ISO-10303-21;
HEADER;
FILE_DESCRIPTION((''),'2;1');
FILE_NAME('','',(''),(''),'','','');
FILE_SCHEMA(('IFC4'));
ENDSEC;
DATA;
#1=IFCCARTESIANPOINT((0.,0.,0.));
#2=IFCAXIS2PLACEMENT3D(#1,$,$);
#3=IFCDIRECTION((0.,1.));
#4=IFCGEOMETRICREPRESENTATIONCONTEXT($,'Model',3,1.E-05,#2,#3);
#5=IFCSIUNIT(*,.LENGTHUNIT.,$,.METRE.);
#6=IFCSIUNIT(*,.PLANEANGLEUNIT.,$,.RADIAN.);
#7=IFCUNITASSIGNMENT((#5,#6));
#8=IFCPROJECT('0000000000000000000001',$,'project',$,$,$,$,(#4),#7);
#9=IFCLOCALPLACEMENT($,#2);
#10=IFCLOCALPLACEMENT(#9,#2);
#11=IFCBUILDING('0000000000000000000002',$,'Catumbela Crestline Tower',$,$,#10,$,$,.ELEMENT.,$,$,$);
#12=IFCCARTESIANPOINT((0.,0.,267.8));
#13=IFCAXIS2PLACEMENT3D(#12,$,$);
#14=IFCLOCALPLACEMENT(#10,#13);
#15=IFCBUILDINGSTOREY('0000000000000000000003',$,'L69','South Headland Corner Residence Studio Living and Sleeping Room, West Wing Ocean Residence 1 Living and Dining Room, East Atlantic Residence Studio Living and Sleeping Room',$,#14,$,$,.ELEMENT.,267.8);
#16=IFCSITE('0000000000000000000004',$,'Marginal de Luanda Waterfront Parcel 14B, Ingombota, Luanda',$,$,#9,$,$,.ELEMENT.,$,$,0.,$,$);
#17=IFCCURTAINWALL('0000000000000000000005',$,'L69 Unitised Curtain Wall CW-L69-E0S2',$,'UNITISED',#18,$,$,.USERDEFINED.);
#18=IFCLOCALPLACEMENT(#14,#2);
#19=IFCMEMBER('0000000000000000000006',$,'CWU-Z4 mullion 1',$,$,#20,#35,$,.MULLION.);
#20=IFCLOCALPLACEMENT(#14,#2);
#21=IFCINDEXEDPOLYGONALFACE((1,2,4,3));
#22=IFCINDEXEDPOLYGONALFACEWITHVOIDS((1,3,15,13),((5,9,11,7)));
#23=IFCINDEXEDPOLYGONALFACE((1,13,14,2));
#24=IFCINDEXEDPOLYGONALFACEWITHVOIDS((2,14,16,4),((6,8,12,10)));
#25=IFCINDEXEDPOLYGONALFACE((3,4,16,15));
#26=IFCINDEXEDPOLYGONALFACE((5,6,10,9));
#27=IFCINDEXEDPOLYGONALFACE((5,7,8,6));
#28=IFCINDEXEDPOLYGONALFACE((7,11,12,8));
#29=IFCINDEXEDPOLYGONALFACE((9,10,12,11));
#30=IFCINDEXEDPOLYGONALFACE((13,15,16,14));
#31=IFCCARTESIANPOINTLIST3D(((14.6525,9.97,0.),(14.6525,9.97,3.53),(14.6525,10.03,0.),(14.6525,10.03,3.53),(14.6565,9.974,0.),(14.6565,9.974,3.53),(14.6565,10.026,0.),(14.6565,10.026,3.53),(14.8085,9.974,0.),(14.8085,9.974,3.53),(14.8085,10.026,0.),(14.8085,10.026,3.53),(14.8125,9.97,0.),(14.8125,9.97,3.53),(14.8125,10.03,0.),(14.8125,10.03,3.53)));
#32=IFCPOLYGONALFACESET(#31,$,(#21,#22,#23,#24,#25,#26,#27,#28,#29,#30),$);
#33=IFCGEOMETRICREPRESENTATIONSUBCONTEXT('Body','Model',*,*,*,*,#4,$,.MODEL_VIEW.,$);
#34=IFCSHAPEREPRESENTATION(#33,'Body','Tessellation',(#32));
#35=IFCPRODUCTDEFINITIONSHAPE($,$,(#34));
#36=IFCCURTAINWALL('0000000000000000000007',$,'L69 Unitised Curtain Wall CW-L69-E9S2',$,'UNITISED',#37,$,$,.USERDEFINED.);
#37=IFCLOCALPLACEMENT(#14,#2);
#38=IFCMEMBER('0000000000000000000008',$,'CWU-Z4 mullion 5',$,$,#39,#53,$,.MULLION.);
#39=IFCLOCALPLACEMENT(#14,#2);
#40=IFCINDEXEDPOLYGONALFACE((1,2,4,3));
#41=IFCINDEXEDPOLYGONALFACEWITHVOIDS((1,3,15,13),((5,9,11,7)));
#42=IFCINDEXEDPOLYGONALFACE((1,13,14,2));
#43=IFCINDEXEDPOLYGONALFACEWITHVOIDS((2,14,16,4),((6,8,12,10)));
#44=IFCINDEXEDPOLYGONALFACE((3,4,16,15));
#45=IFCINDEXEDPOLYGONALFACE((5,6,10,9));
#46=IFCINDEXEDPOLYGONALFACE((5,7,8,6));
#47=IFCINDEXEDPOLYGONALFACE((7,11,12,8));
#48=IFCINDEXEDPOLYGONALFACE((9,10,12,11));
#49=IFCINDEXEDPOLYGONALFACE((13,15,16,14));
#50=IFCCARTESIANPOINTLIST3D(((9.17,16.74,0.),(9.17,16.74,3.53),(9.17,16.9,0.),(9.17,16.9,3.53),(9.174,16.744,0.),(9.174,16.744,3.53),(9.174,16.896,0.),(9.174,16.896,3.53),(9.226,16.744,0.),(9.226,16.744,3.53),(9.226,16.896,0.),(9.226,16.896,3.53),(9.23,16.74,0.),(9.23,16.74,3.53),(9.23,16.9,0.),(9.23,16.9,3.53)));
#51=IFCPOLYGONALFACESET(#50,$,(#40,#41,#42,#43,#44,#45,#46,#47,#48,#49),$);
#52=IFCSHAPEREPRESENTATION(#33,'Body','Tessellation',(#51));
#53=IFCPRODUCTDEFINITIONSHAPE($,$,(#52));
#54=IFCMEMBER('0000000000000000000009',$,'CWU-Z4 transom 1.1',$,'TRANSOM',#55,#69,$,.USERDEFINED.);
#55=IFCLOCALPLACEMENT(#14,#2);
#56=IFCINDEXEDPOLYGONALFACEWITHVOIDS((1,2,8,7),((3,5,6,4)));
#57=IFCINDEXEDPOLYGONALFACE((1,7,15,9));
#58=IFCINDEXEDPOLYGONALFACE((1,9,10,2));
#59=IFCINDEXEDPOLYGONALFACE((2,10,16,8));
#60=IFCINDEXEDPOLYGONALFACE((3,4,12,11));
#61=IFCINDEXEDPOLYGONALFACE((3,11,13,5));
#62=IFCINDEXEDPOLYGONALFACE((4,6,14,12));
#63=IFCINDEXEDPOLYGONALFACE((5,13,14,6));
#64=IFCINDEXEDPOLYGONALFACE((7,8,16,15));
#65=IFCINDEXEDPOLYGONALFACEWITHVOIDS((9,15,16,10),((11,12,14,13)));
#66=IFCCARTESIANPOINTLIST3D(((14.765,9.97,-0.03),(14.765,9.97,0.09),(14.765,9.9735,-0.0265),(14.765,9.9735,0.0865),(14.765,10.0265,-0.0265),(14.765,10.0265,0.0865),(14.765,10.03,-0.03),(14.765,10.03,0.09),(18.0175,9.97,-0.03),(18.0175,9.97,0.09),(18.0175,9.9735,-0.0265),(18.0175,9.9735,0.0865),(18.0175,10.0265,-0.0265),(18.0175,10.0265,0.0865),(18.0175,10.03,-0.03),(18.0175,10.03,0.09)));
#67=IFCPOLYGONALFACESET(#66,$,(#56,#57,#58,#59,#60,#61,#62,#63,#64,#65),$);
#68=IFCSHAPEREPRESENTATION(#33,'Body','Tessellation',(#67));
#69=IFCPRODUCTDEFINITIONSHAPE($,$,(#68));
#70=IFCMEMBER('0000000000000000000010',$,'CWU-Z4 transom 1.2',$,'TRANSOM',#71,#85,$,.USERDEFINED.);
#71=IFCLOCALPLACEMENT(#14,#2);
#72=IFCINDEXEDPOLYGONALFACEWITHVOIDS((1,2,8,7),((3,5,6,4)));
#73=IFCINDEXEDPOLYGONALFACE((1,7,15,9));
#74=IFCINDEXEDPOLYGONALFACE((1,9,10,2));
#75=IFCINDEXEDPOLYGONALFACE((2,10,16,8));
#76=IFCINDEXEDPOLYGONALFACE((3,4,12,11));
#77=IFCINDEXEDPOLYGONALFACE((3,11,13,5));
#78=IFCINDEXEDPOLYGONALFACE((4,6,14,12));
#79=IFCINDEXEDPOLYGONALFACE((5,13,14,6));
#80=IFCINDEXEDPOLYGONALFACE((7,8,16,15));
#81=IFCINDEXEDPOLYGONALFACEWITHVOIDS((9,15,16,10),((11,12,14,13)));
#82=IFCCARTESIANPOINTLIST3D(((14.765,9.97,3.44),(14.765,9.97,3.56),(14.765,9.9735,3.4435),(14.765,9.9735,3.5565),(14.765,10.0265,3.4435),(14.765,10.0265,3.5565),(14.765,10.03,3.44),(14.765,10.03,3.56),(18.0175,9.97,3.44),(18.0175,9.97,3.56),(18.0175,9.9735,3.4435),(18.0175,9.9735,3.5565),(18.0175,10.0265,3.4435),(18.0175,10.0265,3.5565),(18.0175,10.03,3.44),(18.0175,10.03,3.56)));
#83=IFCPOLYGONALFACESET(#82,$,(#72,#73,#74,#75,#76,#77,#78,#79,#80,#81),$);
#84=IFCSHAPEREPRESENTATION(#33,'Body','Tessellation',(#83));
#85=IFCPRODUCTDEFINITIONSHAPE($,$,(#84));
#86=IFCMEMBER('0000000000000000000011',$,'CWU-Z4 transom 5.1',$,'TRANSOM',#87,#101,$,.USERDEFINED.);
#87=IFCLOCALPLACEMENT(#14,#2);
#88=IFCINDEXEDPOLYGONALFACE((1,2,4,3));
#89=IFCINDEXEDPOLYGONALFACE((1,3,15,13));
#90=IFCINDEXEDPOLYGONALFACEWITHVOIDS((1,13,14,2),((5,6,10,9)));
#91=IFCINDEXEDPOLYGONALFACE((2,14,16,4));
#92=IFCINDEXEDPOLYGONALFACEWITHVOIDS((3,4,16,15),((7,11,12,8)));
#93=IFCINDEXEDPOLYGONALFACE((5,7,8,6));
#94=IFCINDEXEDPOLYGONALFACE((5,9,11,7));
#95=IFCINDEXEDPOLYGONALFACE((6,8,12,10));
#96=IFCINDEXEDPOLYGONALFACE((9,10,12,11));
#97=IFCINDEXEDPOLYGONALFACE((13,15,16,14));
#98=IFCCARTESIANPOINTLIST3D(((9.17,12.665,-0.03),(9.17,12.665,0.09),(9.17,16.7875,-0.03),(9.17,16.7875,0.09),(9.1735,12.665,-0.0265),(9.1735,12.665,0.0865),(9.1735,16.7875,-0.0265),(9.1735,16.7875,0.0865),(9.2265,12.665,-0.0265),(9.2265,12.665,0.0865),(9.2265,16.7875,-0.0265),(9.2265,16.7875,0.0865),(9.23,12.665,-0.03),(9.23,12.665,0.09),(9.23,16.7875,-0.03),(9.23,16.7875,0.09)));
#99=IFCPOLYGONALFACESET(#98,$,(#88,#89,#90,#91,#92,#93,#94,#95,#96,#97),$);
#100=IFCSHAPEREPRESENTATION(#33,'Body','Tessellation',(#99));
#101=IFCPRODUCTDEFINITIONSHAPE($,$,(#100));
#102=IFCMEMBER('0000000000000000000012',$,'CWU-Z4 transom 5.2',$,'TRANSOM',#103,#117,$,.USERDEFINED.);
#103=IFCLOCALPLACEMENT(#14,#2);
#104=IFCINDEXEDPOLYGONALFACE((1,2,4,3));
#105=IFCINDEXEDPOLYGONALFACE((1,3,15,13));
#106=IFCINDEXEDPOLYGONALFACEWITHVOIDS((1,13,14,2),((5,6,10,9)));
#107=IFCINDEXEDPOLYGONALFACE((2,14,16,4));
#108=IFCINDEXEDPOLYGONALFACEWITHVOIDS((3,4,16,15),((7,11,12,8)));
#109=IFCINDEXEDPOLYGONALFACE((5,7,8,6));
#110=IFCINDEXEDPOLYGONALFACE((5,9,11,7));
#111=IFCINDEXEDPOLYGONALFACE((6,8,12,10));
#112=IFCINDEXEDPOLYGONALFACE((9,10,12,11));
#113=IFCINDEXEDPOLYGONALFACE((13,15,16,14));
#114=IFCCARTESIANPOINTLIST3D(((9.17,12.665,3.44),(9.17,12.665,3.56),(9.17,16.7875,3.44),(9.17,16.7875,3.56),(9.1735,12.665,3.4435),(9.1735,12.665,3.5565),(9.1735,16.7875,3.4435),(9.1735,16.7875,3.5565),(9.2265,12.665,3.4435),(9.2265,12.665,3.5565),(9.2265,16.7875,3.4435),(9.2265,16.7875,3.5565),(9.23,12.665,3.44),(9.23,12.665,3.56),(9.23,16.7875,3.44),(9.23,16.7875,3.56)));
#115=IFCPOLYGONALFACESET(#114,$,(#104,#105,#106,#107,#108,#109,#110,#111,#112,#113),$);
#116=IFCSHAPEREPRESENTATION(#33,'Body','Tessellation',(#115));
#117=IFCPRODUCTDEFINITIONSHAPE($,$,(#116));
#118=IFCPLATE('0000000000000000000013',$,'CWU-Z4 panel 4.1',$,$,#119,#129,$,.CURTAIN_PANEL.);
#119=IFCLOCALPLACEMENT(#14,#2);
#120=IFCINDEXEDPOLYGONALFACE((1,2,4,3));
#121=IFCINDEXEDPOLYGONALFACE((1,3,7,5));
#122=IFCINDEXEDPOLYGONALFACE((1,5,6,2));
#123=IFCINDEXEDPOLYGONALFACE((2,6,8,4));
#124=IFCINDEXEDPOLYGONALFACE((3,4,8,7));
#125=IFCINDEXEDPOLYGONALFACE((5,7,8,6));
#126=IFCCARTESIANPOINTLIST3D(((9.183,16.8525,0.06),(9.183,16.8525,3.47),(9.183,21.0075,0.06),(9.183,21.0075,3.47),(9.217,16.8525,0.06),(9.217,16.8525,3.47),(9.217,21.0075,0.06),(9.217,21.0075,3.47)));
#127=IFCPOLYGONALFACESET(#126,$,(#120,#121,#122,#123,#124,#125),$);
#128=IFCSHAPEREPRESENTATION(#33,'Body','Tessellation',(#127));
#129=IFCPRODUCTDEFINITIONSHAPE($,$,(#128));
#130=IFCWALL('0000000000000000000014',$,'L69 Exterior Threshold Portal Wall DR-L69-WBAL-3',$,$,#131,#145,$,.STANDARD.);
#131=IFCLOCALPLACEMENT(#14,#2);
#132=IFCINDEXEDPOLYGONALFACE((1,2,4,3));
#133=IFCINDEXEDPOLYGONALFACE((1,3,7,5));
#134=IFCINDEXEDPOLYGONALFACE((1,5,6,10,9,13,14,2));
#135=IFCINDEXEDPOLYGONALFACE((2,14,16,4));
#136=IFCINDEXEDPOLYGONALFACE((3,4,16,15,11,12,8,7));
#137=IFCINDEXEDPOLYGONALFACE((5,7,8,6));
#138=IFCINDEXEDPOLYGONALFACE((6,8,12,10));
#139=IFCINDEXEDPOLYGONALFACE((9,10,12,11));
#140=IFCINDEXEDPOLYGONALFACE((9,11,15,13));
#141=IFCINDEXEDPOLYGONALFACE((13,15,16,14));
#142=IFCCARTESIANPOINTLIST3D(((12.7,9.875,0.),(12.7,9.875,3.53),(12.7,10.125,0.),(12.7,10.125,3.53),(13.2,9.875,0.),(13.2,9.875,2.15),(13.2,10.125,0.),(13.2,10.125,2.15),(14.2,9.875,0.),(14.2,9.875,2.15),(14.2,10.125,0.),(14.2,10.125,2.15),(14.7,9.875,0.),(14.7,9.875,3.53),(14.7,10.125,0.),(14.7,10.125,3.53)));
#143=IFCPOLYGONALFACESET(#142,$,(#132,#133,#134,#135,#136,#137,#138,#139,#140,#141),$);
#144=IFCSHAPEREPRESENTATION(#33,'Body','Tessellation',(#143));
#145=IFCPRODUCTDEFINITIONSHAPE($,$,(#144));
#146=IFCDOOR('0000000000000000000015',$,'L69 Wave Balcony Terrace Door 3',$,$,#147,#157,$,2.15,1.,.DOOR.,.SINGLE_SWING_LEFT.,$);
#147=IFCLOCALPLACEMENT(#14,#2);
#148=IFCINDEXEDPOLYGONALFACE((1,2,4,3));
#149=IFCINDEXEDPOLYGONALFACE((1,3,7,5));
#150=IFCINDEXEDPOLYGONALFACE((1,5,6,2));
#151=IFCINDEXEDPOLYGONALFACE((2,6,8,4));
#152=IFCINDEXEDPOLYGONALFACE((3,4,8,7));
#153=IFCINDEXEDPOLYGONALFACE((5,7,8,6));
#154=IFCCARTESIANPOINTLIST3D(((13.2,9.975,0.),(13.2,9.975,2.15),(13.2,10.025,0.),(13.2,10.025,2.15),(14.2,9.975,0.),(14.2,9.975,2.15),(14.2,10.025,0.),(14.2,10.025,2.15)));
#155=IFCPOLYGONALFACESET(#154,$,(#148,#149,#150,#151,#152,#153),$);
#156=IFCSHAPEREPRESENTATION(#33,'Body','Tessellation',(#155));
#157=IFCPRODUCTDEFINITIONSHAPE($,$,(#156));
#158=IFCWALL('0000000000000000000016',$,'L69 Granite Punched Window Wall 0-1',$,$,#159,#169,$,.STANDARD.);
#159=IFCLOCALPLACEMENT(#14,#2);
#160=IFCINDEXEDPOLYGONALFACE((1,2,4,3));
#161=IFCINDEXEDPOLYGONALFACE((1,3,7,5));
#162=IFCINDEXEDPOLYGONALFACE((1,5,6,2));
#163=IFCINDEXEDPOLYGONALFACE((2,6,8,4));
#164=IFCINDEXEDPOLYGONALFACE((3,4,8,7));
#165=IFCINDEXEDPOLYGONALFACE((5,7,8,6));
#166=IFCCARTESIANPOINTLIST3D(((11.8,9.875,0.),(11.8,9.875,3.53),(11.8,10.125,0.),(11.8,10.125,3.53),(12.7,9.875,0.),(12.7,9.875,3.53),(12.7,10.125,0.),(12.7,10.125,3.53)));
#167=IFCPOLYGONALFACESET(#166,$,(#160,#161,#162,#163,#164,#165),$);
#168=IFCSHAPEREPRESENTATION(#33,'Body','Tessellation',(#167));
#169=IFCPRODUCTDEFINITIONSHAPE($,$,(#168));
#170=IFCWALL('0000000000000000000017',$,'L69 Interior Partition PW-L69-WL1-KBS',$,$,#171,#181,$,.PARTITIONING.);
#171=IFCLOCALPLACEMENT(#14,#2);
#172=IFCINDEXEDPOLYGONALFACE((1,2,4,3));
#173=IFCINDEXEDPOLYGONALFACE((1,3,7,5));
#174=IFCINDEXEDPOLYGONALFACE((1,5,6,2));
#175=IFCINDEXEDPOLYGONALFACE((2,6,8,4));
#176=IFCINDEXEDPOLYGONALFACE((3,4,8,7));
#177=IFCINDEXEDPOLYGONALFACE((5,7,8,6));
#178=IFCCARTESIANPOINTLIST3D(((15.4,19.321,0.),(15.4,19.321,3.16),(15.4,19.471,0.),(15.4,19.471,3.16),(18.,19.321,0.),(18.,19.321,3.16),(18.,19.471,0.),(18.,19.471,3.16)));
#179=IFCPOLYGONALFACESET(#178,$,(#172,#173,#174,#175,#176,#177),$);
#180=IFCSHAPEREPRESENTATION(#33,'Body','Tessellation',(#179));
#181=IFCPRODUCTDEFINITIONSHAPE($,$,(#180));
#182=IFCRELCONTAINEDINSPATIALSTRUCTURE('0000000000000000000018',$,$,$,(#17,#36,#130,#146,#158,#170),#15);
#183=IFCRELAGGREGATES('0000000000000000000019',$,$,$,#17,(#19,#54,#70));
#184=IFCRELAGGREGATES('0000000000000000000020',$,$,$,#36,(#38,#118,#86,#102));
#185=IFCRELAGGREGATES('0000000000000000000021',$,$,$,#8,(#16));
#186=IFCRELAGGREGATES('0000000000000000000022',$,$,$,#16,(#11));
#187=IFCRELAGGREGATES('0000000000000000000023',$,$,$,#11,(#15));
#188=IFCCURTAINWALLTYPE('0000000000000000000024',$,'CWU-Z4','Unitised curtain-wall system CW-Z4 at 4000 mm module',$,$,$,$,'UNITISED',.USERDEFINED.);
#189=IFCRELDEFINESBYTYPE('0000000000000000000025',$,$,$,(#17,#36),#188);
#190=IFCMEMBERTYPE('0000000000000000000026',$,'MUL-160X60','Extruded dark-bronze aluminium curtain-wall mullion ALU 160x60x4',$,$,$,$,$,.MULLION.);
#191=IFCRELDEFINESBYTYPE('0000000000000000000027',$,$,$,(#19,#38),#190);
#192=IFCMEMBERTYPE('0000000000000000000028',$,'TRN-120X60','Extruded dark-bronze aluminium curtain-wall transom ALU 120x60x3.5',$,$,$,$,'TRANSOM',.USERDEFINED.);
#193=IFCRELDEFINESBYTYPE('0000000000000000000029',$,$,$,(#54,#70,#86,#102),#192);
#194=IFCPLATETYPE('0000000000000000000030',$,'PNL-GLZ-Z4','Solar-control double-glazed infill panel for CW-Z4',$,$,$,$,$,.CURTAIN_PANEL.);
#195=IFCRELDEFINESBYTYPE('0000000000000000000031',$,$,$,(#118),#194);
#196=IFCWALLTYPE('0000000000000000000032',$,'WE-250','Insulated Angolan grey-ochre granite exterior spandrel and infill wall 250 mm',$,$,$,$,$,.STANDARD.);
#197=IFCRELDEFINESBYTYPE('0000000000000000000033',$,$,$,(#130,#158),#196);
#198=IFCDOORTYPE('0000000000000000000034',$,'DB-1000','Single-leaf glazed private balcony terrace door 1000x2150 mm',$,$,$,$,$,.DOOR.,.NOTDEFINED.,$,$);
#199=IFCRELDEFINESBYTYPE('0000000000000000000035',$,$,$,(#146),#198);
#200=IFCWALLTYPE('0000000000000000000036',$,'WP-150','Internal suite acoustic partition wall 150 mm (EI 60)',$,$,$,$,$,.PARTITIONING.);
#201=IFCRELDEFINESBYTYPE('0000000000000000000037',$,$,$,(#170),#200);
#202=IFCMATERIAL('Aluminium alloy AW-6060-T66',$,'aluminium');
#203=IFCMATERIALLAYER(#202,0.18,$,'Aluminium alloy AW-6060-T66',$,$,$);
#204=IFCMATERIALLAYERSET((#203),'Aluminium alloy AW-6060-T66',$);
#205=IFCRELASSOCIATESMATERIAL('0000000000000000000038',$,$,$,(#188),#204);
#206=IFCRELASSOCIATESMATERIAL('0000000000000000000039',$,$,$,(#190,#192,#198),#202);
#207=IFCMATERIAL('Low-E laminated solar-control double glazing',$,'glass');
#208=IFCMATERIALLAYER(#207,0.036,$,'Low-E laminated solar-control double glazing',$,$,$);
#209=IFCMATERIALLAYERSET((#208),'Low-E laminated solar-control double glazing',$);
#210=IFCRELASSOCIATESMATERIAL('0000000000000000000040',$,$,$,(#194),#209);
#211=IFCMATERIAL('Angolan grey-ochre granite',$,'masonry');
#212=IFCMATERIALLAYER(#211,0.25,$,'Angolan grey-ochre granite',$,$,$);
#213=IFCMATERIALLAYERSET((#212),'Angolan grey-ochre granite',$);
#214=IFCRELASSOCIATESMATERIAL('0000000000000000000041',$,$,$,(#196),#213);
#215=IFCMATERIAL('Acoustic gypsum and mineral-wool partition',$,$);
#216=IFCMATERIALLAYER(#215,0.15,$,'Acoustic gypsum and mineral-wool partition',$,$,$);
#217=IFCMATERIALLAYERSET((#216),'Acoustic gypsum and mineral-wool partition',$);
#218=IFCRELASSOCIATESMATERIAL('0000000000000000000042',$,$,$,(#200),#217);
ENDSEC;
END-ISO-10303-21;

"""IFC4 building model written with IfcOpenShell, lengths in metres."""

from ifc_helpers import new_model, si_unit, direction, frame, frame_2d, origin, origin_2d, place, context, subcontext, project, spatial, rectangle, hollow_rectangle, extrude, material, layer, layer_set, material_profile, profile_set, type_object, element, fill, aggregate, save


model = new_model("IFC4")

# Units and contexts
model_context = context("Model", 3, precision=1e-05, world=origin(), true_north=direction((0.0, 1.0)))
body_context = subcontext(model_context, "Body", "Model", "MODEL_VIEW")
ifc_project = project(units=[si_unit("LENGTHUNIT", "METRE"), si_unit("PLANEANGLEUNIT", "RADIAN")], contexts=[model_context])

# Site, building, storey
site_placement = place(None, origin())
site = spatial("IfcSite", under=ifc_project, at=site_placement, Name="Marginal de Luanda Waterfront Parcel 14B, Ingombota, Luanda", CompositionType="ELEMENT", RefElevation=0.0)
building_placement = place(site_placement, origin())
building = spatial("IfcBuilding", under=site, at=building_placement, Name="Catumbela Crestline Tower", CompositionType="ELEMENT")
storey_placement = place(building_placement, frame((0.0, 0.0, 267.8)))
storey = spatial("IfcBuildingStorey", under=building, at=storey_placement, Name="L69", Description="South Headland Corner Residence Studio Living and Sleeping Room, West Wing Ocean Residence 1 Living and Dining Room, East Atlantic Residence Studio Living and Sleeping Room", CompositionType="ELEMENT", Elevation=267.8)

# Curtain walls, members
ifc_material_1 = material(Name="Aluminium alloy AW-6060-T66", Category="aluminium")
ifc_layer_1 = layer(ifc_material_1, 0.18, Name="Aluminium alloy AW-6060-T66")
ifc_layer_set_1 = layer_set([ifc_layer_1], Name="Aluminium alloy AW-6060-T66")
curtain_wall_type = type_object("IfcCurtainWallType", Name="CWU-Z4", Description="Unitised curtain-wall system CW-Z4 at 4000 mm module", ElementType="UNITISED", PredefinedType="USERDEFINED", material=ifc_layer_set_1)
curtain_wall_1_placement = place(storey_placement, origin())
curtain_wall_1 = element("IfcCurtainWall", 1, at=curtain_wall_1_placement, inside=storey, type_object=curtain_wall_type, Name="L69 Unitised Curtain Wall CW-L69-E0S2", ObjectType="UNITISED", PredefinedType="USERDEFINED")
ifc_material_profile_1 = material_profile(ifc_material_1, hollow_rectangle(XDim=0.06, YDim=0.16, WallThickness=0.004, at=origin_2d()), Name="ALU 160x60x4")
ifc_profile_set_1 = profile_set([ifc_material_profile_1], Name="Aluminium alloy AW-6060-T66")
member_type_1 = type_object("IfcMemberType", Name="MUL-160X60", Description="Extruded dark-bronze aluminium curtain-wall mullion ALU 160x60x4", PredefinedType="MULLION", material=ifc_profile_set_1)
member_1_placement = place(storey_placement, frame((14.7325, 10.0, 0.0), z_axis=(0.0, 0.0, 1.0), x_axis=(0.0, 1.0, 0.0)))
member_1 = element("IfcMember", 2, at=member_1_placement, type_object=member_type_1, Name="CWU-Z4 mullion 1", PredefinedType="MULLION", context=body_context, shape_type="SweptSolid", body=[
    extrude(hollow_rectangle(XDim=0.06, YDim=0.16, WallThickness=0.004, at=origin_2d()), origin(), (0.0, 0.0, 1.0), 3.53),
])
curtain_wall_2_placement = place(storey_placement, origin())
curtain_wall_2 = element("IfcCurtainWall", 3, at=curtain_wall_2_placement, inside=storey, type_object=curtain_wall_type, Name="L69 Unitised Curtain Wall CW-L69-E9S2", ObjectType="UNITISED", PredefinedType="USERDEFINED")
member_2_placement = place(storey_placement, frame((9.2, 16.82, 0.0), z_axis=(0.0, 0.0, 1.0), x_axis=(1.0, 0.0, 0.0)))
member_2 = element("IfcMember", 4, at=member_2_placement, type_object=member_type_1, Name="CWU-Z4 mullion 5", PredefinedType="MULLION", context=body_context, shape_type="SweptSolid", body=[
    extrude(hollow_rectangle(XDim=0.06, YDim=0.16, WallThickness=0.004, at=origin_2d()), origin(), (0.0, 0.0, 1.0), 3.53),
])

# Members
ifc_material_profile_2 = material_profile(ifc_material_1, hollow_rectangle(XDim=0.06, YDim=0.12, WallThickness=0.0035, at=origin_2d()), Name="ALU 120x60x3.5")
ifc_profile_set_2 = profile_set([ifc_material_profile_2], Name="Aluminium alloy AW-6060-T66")
member_type_2 = type_object("IfcMemberType", Name="TRN-120X60", Description="Extruded dark-bronze aluminium curtain-wall transom ALU 120x60x3.5", ElementType="TRANSOM", PredefinedType="USERDEFINED", material=ifc_profile_set_2)
member_3_placement = place(storey_placement, frame((14.765, 10.0, 0.03), z_axis=(1.0, 0.0, 0.0), x_axis=(0.0, 1.0, 0.0)))
member_3 = element("IfcMember", 5, at=member_3_placement, type_object=member_type_2, Name="CWU-Z4 transom 1.1", ObjectType="TRANSOM", PredefinedType="USERDEFINED", context=body_context, shape_type="SweptSolid", body=[
    extrude(hollow_rectangle(XDim=0.06, YDim=0.12, WallThickness=0.0035, at=origin_2d()), origin(), (0.0, 0.0, 1.0), 3.2525),
])
member_4_placement = place(storey_placement, frame((14.765, 10.0, 3.5), z_axis=(1.0, 0.0, 0.0), x_axis=(0.0, 1.0, 0.0)))
member_4 = element("IfcMember", 6, at=member_4_placement, type_object=member_type_2, Name="CWU-Z4 transom 1.2", ObjectType="TRANSOM", PredefinedType="USERDEFINED", context=body_context, shape_type="SweptSolid", body=[
    extrude(hollow_rectangle(XDim=0.06, YDim=0.12, WallThickness=0.0035, at=origin_2d()), origin(), (0.0, 0.0, 1.0), 3.2525),
])
aggregate(curtain_wall_1, [member_1, member_3, member_4])
member_5_placement = place(storey_placement, frame((9.2, 16.7875, 0.03), z_axis=(0.0, -1.0, 0.0), x_axis=(1.0, 0.0, 0.0)))
member_5 = element("IfcMember", 7, at=member_5_placement, type_object=member_type_2, Name="CWU-Z4 transom 5.1", ObjectType="TRANSOM", PredefinedType="USERDEFINED", context=body_context, shape_type="SweptSolid", body=[
    extrude(hollow_rectangle(XDim=0.06, YDim=0.12, WallThickness=0.0035, at=origin_2d()), origin(), (0.0, 0.0, 1.0), 4.1225),
])
member_6_placement = place(storey_placement, frame((9.2, 16.7875, 3.5), z_axis=(0.0, -1.0, 0.0), x_axis=(1.0, 0.0, 0.0)))
member_6 = element("IfcMember", 8, at=member_6_placement, type_object=member_type_2, Name="CWU-Z4 transom 5.2", ObjectType="TRANSOM", PredefinedType="USERDEFINED", context=body_context, shape_type="SweptSolid", body=[
    extrude(hollow_rectangle(XDim=0.06, YDim=0.12, WallThickness=0.0035, at=origin_2d()), origin(), (0.0, 0.0, 1.0), 4.1225),
])

# Plate
ifc_material_2 = material(Name="Low-E laminated solar-control double glazing", Category="glass")
ifc_layer_2 = layer(ifc_material_2, 0.036, Name="Low-E laminated solar-control double glazing")
ifc_layer_set_2 = layer_set([ifc_layer_2], Name="Low-E laminated solar-control double glazing")
plate_type = type_object("IfcPlateType", Name="PNL-GLZ-Z4", Description="Solar-control double-glazed infill panel for CW-Z4", PredefinedType="CURTAIN_PANEL", material=ifc_layer_set_2)
plate_placement = place(storey_placement, frame((9.2, 18.93, 0.06), z_axis=(0.0, 0.0, 1.0), x_axis=(0.0, -1.0, 0.0)))
plate = element("IfcPlate", 9, at=plate_placement, type_object=plate_type, Name="CWU-Z4 panel 4.1", PredefinedType="CURTAIN_PANEL", context=body_context, shape_type="SweptSolid", body=[
    extrude(rectangle(XDim=4.155, YDim=0.034, at=origin_2d()), origin(), (0.0, 0.0, 1.0), 3.41),
])
aggregate(curtain_wall_2, [member_2, plate, member_5, member_6])

# Wall, opening, door
ifc_material_3 = material(Name="Angolan grey-ochre granite", Category="masonry")
ifc_layer_3 = layer(ifc_material_3, 0.25, Name="Angolan grey-ochre granite")
ifc_layer_set_3 = layer_set([ifc_layer_3], Name="Angolan grey-ochre granite")
wall_type_1 = type_object("IfcWallType", Name="WE-250", Description="Insulated Angolan grey-ochre granite exterior spandrel and infill wall 250 mm", PredefinedType="STANDARD", material=ifc_layer_set_3)
wall_1_placement = place(storey_placement, frame((12.7, 10.0, 0.0), z_axis=(0.0, 0.0, 1.0), x_axis=(1.0, 0.0, 0.0)))
wall_1 = element("IfcWall", 10, at=wall_1_placement, inside=storey, type_object=wall_type_1, Name="L69 Exterior Threshold Portal Wall DR-L69-WBAL-3", PredefinedType="STANDARD", context=body_context, shape_type="SweptSolid", body=[
    extrude(rectangle(XDim=2.0, YDim=0.25, at=frame_2d((1.0, 0.0))), origin(), (0.0, 0.0, 1.0), 3.53),
])
opening_1_placement = place(wall_1_placement, frame((0.5, 0.0, 0.0)))
opening_1 = element("IfcOpeningElement", 11, at=opening_1_placement, cuts=wall_1, PredefinedType="OPENING", context=body_context, shape_type="SweptSolid", body=[
    extrude(rectangle(XDim=1.0, YDim=2.15, at=frame_2d((0.5, 1.075))), frame((0.0, 0.135, 0.0), z_axis=(0.0, -1.0, 0.0), x_axis=(1.0, 0.0, 0.0)), (0.0, 0.0, 1.0), 0.27),
])
door_type_1 = type_object("IfcDoorType", Name="DB-1000", Description="Single-leaf glazed private balcony terrace door 1000x2150 mm", OperationType="NOTDEFINED", PredefinedType="DOOR", material=ifc_material_1)
door_1_placement = place(opening_1_placement, origin())
door_1 = element("IfcDoor", 12, at=door_1_placement, inside=storey, type_object=door_type_1, Name="L69 Wave Balcony Terrace Door 3", OperationType="SINGLE_SWING_LEFT", OverallHeight=2.15, OverallWidth=1.0, PredefinedType="DOOR", context=body_context, shape_type="SweptSolid", body=[
    extrude(rectangle(XDim=1.0, YDim=2.15, at=frame_2d((0.5, 1.075))), frame((0.0, 0.025, 0.0), z_axis=(0.0, -1.0, 0.0), x_axis=(1.0, 0.0, 0.0)), (0.0, 0.0, 1.0), 0.05),
])
fill(opening_1, door_1)

# Walls
wall_2_placement = place(storey_placement, frame((11.8, 10.0, 0.0), z_axis=(0.0, 0.0, 1.0), x_axis=(1.0, 0.0, 0.0)))
element("IfcWall", 13, at=wall_2_placement, inside=storey, type_object=wall_type_1, Name="L69 Granite Punched Window Wall 0-1", PredefinedType="STANDARD", context=body_context, shape_type="SweptSolid", body=[
    extrude(rectangle(XDim=0.9, YDim=0.25, at=frame_2d((0.45, 0.0))), origin(), (0.0, 0.0, 1.0), 3.53),
])
ifc_material_4 = material(Name="Acoustic gypsum and mineral-wool partition")
ifc_layer_4 = layer(ifc_material_4, 0.15, Name="Acoustic gypsum and mineral-wool partition")
ifc_layer_set_4 = layer_set([ifc_layer_4], Name="Acoustic gypsum and mineral-wool partition")
wall_type_2 = type_object("IfcWallType", Name="WP-150", Description="Internal suite acoustic partition wall 150 mm (EI 60)", PredefinedType="PARTITIONING", material=ifc_layer_set_4)
wall_3_placement = place(storey_placement, frame((15.4, 19.396, 0.0), z_axis=(0.0, 0.0, 1.0), x_axis=(1.0, 0.0, 0.0)))
element("IfcWall", 14, at=wall_3_placement, inside=storey, type_object=wall_type_2, Name="L69 Interior Partition PW-L69-WL1-KBS", PredefinedType="PARTITIONING", context=body_context, shape_type="SweptSolid", body=[
    extrude(rectangle(XDim=2.6, YDim=0.15, at=frame_2d((1.3, 0.0))), origin(), (0.0, 0.0, 1.0), 3.16),
])

save(model, "model.ifc")
